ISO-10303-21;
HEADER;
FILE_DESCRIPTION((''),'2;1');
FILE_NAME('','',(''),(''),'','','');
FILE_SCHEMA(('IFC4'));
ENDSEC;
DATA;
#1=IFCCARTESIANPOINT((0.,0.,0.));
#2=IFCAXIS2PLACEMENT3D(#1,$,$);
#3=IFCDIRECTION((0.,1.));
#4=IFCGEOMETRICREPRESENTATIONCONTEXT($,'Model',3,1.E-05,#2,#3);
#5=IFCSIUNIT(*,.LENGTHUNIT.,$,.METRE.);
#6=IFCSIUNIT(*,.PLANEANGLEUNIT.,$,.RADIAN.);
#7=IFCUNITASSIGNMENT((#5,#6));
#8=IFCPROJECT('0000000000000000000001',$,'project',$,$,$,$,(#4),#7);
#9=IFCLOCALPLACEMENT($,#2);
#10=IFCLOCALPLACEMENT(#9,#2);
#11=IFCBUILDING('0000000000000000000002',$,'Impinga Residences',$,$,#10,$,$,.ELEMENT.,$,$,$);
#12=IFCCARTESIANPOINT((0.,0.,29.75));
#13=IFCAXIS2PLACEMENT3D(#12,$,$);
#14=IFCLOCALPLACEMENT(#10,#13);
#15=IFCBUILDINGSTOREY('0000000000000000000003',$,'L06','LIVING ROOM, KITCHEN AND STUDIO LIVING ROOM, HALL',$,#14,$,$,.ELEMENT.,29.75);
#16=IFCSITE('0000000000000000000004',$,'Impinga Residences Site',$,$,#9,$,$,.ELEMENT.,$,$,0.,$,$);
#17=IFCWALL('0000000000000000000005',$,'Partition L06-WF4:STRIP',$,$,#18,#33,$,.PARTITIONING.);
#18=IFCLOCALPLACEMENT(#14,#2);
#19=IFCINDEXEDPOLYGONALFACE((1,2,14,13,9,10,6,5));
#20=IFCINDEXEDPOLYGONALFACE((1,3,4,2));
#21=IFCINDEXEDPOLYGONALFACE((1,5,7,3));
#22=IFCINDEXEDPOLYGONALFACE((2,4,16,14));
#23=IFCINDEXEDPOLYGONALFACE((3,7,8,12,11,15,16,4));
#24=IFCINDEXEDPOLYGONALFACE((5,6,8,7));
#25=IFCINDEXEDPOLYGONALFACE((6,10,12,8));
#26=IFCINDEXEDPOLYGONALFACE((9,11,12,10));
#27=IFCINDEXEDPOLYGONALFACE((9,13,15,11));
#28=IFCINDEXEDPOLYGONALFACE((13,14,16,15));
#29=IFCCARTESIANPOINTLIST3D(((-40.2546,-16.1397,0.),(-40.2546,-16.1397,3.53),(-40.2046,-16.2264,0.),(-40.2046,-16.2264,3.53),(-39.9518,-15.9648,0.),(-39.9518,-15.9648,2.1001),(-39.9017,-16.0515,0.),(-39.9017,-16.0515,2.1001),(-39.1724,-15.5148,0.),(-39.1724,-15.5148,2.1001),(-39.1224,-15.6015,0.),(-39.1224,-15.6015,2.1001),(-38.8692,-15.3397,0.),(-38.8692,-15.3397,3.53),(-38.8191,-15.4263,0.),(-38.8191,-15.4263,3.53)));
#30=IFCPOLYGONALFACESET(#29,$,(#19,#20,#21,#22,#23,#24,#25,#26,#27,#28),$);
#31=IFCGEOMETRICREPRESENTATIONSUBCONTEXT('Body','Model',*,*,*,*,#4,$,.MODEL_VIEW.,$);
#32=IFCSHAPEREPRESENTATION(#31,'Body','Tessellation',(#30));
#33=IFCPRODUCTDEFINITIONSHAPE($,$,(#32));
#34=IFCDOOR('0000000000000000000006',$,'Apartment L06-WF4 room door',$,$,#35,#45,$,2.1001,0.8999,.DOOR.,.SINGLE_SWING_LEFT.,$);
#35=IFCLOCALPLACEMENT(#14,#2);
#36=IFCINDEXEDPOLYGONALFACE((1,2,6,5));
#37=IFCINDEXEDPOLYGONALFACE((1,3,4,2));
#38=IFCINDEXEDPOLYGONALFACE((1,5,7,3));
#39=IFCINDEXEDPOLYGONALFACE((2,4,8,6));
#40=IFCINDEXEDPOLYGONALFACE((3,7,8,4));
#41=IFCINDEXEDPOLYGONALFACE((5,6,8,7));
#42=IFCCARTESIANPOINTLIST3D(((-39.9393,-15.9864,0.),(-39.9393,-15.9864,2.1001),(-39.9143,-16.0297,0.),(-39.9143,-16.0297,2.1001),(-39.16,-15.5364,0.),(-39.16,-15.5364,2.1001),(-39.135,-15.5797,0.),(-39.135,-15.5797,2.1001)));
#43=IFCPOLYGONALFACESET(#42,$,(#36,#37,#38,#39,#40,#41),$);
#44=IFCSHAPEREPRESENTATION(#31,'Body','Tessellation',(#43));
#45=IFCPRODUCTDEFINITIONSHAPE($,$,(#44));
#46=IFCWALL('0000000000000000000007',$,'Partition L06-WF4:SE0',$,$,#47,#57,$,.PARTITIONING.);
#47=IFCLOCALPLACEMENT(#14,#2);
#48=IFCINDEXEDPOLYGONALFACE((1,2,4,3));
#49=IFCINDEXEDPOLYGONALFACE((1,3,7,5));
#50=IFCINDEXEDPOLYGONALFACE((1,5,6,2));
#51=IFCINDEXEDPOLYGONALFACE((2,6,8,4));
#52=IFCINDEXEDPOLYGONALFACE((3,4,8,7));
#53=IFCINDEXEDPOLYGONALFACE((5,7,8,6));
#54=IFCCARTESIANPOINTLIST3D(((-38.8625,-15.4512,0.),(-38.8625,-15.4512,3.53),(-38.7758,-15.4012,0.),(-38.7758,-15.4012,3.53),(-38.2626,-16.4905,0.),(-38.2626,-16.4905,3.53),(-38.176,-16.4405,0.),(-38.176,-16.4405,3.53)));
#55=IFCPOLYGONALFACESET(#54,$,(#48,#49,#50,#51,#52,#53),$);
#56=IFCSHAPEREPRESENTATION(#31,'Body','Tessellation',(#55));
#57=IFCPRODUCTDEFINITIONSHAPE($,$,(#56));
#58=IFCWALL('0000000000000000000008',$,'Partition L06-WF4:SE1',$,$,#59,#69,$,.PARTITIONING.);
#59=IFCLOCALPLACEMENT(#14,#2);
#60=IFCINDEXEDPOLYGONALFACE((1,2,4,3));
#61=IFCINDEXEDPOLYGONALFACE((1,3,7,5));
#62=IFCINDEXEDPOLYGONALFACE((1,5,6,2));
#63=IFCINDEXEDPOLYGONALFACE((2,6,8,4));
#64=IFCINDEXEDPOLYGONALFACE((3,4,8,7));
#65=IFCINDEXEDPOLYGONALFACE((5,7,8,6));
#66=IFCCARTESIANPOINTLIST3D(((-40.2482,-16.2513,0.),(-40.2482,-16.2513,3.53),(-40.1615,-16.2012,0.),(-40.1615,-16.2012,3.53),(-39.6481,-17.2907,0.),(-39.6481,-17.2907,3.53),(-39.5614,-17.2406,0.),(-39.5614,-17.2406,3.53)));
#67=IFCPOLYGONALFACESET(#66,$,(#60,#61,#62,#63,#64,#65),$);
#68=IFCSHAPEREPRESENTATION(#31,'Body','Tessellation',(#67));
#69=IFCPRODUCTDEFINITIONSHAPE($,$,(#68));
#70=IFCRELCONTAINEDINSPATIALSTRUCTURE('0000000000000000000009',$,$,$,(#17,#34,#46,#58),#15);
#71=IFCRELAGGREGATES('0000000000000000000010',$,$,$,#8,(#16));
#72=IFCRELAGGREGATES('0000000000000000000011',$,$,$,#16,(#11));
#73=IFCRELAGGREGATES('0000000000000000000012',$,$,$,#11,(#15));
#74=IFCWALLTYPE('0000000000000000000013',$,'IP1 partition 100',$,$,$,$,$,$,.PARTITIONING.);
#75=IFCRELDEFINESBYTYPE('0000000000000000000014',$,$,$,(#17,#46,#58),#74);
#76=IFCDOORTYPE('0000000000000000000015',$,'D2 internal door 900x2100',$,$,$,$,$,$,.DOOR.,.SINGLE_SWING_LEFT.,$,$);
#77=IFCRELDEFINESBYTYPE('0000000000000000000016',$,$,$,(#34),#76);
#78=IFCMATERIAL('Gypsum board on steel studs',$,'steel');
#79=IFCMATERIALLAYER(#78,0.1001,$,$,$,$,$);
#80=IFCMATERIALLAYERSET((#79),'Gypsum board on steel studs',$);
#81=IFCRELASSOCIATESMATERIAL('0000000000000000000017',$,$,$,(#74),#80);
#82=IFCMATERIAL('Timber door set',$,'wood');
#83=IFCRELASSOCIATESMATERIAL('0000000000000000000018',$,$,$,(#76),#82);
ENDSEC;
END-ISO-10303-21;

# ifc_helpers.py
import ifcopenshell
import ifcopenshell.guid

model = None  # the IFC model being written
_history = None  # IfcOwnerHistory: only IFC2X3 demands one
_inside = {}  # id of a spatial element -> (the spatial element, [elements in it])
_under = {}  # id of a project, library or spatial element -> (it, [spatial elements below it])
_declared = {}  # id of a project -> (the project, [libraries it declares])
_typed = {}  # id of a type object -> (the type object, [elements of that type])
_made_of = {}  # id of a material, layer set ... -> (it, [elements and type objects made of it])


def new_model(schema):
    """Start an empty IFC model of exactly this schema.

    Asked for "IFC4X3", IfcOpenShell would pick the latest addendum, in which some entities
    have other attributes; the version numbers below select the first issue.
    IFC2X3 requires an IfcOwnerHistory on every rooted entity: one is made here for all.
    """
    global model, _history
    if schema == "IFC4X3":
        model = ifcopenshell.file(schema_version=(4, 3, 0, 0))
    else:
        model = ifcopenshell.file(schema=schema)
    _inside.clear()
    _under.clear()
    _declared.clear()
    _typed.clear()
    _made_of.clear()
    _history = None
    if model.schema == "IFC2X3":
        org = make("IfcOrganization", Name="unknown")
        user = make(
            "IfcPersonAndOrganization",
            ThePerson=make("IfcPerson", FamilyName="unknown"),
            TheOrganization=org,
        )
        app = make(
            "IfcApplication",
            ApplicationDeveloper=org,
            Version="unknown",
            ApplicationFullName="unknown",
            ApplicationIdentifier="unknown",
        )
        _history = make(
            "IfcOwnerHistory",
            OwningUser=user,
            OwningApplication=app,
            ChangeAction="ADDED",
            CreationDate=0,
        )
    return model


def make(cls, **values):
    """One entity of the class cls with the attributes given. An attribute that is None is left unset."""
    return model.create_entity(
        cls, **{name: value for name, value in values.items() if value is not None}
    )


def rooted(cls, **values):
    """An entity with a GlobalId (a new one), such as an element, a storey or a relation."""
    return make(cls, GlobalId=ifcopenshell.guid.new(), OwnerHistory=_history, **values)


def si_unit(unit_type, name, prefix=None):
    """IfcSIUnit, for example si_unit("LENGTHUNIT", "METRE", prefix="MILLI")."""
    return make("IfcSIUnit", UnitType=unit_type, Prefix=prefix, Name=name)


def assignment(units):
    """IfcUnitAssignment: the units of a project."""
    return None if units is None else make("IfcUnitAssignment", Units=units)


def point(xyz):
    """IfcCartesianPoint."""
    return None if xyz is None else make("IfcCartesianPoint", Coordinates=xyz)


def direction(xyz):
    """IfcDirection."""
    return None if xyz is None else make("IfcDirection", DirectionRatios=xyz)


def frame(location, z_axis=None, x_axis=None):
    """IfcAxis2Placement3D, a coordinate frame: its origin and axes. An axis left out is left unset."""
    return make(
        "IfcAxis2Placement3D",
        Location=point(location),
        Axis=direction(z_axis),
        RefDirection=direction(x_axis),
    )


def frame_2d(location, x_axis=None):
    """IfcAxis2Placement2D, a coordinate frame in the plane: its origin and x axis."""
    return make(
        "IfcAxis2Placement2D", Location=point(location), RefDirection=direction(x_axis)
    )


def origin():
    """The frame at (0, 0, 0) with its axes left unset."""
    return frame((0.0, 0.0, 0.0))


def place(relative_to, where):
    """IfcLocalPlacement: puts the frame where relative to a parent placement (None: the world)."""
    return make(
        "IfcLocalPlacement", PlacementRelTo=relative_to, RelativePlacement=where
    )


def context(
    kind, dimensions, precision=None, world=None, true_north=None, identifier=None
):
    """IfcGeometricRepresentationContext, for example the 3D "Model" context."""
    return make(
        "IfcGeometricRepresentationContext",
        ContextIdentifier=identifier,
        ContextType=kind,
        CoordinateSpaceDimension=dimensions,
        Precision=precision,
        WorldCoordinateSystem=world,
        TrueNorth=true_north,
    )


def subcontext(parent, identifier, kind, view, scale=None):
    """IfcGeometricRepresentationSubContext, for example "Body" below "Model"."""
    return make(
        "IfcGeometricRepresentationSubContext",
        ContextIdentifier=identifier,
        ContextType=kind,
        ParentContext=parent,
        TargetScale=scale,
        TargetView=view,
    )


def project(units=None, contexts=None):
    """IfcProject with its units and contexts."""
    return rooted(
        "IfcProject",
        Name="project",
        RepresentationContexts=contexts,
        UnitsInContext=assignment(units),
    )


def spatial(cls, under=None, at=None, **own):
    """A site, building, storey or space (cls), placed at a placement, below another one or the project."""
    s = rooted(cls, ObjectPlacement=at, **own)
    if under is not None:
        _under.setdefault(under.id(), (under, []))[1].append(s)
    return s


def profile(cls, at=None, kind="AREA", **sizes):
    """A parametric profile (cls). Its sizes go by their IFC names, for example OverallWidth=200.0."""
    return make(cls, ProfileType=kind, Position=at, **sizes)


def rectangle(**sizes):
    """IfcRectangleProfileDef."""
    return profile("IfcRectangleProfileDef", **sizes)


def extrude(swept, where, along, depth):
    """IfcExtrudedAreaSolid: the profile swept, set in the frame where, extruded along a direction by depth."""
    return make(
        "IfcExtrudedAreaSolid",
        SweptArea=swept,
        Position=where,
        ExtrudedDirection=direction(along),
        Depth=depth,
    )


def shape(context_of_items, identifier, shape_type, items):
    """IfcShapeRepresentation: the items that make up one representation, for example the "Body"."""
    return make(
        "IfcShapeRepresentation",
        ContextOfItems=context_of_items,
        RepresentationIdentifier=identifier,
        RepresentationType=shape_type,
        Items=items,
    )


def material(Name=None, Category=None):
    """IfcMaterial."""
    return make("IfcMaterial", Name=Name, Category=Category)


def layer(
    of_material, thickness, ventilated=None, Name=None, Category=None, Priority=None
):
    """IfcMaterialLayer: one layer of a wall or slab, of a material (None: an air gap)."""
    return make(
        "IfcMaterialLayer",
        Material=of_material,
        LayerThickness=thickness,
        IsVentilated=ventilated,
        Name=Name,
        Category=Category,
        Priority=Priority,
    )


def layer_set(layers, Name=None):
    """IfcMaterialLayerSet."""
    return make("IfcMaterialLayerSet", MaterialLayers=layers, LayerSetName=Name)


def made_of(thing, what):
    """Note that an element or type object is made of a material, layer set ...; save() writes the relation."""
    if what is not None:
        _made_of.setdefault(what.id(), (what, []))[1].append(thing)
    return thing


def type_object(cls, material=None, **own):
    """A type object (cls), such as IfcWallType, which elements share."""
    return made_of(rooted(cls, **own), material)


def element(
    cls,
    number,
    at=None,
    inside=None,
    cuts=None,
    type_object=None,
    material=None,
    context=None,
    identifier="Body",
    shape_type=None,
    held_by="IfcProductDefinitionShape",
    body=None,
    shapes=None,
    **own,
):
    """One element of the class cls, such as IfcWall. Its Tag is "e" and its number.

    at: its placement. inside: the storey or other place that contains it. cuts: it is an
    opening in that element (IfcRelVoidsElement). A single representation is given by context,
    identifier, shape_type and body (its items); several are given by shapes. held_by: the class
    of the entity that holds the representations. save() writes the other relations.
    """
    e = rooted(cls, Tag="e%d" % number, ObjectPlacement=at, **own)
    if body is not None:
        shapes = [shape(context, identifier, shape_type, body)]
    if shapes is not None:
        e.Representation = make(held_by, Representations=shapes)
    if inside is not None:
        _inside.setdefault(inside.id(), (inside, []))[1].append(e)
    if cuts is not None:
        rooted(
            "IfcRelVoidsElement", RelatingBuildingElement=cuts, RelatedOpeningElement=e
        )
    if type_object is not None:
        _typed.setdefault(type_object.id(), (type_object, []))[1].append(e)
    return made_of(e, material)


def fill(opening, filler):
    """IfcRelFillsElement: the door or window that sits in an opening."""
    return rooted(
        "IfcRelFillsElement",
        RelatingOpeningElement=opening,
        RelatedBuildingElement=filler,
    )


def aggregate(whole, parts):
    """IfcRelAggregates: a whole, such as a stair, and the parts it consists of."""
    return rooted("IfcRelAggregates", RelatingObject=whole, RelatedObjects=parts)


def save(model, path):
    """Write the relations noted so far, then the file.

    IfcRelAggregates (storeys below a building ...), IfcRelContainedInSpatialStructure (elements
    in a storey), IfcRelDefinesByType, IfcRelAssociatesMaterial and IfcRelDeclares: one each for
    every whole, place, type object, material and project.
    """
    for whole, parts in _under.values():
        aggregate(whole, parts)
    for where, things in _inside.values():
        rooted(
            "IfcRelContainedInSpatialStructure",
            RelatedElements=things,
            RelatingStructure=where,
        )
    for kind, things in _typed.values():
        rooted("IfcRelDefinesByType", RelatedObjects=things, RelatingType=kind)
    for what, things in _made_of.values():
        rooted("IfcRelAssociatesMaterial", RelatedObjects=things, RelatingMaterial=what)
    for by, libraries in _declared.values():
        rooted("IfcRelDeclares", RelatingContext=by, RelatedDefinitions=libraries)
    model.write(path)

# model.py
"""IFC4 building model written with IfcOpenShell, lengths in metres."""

from ifc_helpers import new_model, si_unit, direction, frame, frame_2d, origin, place, context, subcontext, project, spatial, rectangle, extrude, material, layer, layer_set, type_object, element, fill, save


model = new_model("IFC4")

# Units and contexts
model_context = context("Model", 3, precision=1e-05, world=origin(), true_north=direction((0.0, 1.0)))
body_context = subcontext(model_context, "Body", "Model", "MODEL_VIEW")
ifc_project = project(units=[si_unit("LENGTHUNIT", "METRE"), si_unit("PLANEANGLEUNIT", "RADIAN")], contexts=[model_context])

# Site, building, storey
site_placement = place(None, origin())
site = spatial("IfcSite", under=ifc_project, at=site_placement, Name="Impinga Residences Site", CompositionType="ELEMENT", RefElevation=0.0)
building_placement = place(site_placement, origin())
building = spatial("IfcBuilding", under=site, at=building_placement, Name="Impinga Residences", CompositionType="ELEMENT")
storey_placement = place(building_placement, frame((0.0, 0.0, 29.75)))
storey = spatial("IfcBuildingStorey", under=building, at=storey_placement, Name="L06", Description="LIVING ROOM, KITCHEN AND STUDIO LIVING ROOM, HALL", CompositionType="ELEMENT", Elevation=29.75)

# Shared definitions
ifc_material_1 = material(Name="Gypsum board on steel studs", Category="steel")
ifc_layer_1 = layer(ifc_material_1, 0.1001)
ifc_layer_set_1 = layer_set([ifc_layer_1], Name="Gypsum board on steel studs")
wall_type_1 = type_object("IfcWallType", Name="IP1 partition 100", PredefinedType="PARTITIONING", material=ifc_layer_set_1)

# Wall, opening, door
wall_1_placement = place(storey_placement, frame((-38.8442, -15.3831, 0.0), z_axis=(0.0, 0.0, 1.0), x_axis=(-0.86599, -0.500061, 0.0)))
wall_1 = element("IfcWall", 1, at=wall_1_placement, inside=storey, type_object=wall_type_1, Name="Partition L06-WF4:STRIP", PredefinedType="PARTITIONING", context=body_context, shape_type="SweptSolid", body=[
    extrude(rectangle(XDim=1.5999, YDim=0.1001, at=frame_2d((0.7998, 0.0))), origin(), (0.0, 0.0, 1.0), 3.53),
])
opening_1_placement = place(wall_1_placement, frame((0.3501, 0.0, 0.0)))
opening_1 = element("IfcOpeningElement", 2, at=opening_1_placement, cuts=wall_1, PredefinedType="OPENING", context=body_context, shape_type="SweptSolid", body=[
    extrude(rectangle(XDim=0.8999, YDim=2.1001, at=frame_2d((0.45, 1.05))), frame((0.0, 0.0601, 0.0), z_axis=(0.0, -1.0, 0.0), x_axis=(1.0, 0.0, 0.0)), (0.0, 0.0, 1.0), 0.1201),
])
ifc_material_2 = material(Name="Timber door set", Category="wood")
door_type = type_object("IfcDoorType", Name="D2 internal door 900x2100", OperationType="SINGLE_SWING_LEFT", PredefinedType="DOOR", material=ifc_material_2)
door_placement = place(opening_1_placement, origin())
door = element("IfcDoor", 3, at=door_placement, inside=storey, type_object=door_type, Name="Apartment L06-WF4 room door", OperationType="SINGLE_SWING_LEFT", OverallHeight=2.1001, OverallWidth=0.8999, PredefinedType="DOOR", context=body_context, shape_type="SweptSolid", body=[
    extrude(rectangle(XDim=0.8999, YDim=2.1001, at=frame_2d((0.45, 1.05))), frame((0.0, 0.0249, 0.0), z_axis=(0.0, -1.0, 0.0), x_axis=(1.0, 0.0, 0.0)), (0.0, 0.0, 1.0), 0.05),
])
fill(opening_1, door)

# Walls
wall_2_placement = place(storey_placement, frame((-38.2192, -16.4656, 0.0), z_axis=(0.0, 0.0, 1.0), x_axis=(-0.499881, 0.866094, 0.0)))
element("IfcWall", 4, at=wall_2_placement, inside=storey, type_object=wall_type_1, Name="Partition L06-WF4:SE0", PredefinedType="PARTITIONING", context=body_context, shape_type="SweptSolid", body=[
    extrude(rectangle(XDim=1.2, YDim=0.1001, at=frame_2d((0.6001, 0.0))), origin(), (0.0, 0.0, 1.0), 3.53),
])
wall_3_placement = place(storey_placement, frame((-39.6047, -17.2656, 0.0), z_axis=(0.0, 0.0, 1.0), x_axis=(-0.500034, 0.866006, 0.0)))
element("IfcWall", 5, at=wall_3_placement, inside=storey, type_object=wall_type_1, Name="Partition L06-WF4:SE1", PredefinedType="PARTITIONING", context=body_context, shape_type="SweptSolid", body=[
    extrude(rectangle(XDim=1.2002, YDim=0.1001, at=frame_2d((0.6001, 0.0))), origin(), (0.0, 0.0, 1.0), 3.53),
])

save(model, "model.ifc")
